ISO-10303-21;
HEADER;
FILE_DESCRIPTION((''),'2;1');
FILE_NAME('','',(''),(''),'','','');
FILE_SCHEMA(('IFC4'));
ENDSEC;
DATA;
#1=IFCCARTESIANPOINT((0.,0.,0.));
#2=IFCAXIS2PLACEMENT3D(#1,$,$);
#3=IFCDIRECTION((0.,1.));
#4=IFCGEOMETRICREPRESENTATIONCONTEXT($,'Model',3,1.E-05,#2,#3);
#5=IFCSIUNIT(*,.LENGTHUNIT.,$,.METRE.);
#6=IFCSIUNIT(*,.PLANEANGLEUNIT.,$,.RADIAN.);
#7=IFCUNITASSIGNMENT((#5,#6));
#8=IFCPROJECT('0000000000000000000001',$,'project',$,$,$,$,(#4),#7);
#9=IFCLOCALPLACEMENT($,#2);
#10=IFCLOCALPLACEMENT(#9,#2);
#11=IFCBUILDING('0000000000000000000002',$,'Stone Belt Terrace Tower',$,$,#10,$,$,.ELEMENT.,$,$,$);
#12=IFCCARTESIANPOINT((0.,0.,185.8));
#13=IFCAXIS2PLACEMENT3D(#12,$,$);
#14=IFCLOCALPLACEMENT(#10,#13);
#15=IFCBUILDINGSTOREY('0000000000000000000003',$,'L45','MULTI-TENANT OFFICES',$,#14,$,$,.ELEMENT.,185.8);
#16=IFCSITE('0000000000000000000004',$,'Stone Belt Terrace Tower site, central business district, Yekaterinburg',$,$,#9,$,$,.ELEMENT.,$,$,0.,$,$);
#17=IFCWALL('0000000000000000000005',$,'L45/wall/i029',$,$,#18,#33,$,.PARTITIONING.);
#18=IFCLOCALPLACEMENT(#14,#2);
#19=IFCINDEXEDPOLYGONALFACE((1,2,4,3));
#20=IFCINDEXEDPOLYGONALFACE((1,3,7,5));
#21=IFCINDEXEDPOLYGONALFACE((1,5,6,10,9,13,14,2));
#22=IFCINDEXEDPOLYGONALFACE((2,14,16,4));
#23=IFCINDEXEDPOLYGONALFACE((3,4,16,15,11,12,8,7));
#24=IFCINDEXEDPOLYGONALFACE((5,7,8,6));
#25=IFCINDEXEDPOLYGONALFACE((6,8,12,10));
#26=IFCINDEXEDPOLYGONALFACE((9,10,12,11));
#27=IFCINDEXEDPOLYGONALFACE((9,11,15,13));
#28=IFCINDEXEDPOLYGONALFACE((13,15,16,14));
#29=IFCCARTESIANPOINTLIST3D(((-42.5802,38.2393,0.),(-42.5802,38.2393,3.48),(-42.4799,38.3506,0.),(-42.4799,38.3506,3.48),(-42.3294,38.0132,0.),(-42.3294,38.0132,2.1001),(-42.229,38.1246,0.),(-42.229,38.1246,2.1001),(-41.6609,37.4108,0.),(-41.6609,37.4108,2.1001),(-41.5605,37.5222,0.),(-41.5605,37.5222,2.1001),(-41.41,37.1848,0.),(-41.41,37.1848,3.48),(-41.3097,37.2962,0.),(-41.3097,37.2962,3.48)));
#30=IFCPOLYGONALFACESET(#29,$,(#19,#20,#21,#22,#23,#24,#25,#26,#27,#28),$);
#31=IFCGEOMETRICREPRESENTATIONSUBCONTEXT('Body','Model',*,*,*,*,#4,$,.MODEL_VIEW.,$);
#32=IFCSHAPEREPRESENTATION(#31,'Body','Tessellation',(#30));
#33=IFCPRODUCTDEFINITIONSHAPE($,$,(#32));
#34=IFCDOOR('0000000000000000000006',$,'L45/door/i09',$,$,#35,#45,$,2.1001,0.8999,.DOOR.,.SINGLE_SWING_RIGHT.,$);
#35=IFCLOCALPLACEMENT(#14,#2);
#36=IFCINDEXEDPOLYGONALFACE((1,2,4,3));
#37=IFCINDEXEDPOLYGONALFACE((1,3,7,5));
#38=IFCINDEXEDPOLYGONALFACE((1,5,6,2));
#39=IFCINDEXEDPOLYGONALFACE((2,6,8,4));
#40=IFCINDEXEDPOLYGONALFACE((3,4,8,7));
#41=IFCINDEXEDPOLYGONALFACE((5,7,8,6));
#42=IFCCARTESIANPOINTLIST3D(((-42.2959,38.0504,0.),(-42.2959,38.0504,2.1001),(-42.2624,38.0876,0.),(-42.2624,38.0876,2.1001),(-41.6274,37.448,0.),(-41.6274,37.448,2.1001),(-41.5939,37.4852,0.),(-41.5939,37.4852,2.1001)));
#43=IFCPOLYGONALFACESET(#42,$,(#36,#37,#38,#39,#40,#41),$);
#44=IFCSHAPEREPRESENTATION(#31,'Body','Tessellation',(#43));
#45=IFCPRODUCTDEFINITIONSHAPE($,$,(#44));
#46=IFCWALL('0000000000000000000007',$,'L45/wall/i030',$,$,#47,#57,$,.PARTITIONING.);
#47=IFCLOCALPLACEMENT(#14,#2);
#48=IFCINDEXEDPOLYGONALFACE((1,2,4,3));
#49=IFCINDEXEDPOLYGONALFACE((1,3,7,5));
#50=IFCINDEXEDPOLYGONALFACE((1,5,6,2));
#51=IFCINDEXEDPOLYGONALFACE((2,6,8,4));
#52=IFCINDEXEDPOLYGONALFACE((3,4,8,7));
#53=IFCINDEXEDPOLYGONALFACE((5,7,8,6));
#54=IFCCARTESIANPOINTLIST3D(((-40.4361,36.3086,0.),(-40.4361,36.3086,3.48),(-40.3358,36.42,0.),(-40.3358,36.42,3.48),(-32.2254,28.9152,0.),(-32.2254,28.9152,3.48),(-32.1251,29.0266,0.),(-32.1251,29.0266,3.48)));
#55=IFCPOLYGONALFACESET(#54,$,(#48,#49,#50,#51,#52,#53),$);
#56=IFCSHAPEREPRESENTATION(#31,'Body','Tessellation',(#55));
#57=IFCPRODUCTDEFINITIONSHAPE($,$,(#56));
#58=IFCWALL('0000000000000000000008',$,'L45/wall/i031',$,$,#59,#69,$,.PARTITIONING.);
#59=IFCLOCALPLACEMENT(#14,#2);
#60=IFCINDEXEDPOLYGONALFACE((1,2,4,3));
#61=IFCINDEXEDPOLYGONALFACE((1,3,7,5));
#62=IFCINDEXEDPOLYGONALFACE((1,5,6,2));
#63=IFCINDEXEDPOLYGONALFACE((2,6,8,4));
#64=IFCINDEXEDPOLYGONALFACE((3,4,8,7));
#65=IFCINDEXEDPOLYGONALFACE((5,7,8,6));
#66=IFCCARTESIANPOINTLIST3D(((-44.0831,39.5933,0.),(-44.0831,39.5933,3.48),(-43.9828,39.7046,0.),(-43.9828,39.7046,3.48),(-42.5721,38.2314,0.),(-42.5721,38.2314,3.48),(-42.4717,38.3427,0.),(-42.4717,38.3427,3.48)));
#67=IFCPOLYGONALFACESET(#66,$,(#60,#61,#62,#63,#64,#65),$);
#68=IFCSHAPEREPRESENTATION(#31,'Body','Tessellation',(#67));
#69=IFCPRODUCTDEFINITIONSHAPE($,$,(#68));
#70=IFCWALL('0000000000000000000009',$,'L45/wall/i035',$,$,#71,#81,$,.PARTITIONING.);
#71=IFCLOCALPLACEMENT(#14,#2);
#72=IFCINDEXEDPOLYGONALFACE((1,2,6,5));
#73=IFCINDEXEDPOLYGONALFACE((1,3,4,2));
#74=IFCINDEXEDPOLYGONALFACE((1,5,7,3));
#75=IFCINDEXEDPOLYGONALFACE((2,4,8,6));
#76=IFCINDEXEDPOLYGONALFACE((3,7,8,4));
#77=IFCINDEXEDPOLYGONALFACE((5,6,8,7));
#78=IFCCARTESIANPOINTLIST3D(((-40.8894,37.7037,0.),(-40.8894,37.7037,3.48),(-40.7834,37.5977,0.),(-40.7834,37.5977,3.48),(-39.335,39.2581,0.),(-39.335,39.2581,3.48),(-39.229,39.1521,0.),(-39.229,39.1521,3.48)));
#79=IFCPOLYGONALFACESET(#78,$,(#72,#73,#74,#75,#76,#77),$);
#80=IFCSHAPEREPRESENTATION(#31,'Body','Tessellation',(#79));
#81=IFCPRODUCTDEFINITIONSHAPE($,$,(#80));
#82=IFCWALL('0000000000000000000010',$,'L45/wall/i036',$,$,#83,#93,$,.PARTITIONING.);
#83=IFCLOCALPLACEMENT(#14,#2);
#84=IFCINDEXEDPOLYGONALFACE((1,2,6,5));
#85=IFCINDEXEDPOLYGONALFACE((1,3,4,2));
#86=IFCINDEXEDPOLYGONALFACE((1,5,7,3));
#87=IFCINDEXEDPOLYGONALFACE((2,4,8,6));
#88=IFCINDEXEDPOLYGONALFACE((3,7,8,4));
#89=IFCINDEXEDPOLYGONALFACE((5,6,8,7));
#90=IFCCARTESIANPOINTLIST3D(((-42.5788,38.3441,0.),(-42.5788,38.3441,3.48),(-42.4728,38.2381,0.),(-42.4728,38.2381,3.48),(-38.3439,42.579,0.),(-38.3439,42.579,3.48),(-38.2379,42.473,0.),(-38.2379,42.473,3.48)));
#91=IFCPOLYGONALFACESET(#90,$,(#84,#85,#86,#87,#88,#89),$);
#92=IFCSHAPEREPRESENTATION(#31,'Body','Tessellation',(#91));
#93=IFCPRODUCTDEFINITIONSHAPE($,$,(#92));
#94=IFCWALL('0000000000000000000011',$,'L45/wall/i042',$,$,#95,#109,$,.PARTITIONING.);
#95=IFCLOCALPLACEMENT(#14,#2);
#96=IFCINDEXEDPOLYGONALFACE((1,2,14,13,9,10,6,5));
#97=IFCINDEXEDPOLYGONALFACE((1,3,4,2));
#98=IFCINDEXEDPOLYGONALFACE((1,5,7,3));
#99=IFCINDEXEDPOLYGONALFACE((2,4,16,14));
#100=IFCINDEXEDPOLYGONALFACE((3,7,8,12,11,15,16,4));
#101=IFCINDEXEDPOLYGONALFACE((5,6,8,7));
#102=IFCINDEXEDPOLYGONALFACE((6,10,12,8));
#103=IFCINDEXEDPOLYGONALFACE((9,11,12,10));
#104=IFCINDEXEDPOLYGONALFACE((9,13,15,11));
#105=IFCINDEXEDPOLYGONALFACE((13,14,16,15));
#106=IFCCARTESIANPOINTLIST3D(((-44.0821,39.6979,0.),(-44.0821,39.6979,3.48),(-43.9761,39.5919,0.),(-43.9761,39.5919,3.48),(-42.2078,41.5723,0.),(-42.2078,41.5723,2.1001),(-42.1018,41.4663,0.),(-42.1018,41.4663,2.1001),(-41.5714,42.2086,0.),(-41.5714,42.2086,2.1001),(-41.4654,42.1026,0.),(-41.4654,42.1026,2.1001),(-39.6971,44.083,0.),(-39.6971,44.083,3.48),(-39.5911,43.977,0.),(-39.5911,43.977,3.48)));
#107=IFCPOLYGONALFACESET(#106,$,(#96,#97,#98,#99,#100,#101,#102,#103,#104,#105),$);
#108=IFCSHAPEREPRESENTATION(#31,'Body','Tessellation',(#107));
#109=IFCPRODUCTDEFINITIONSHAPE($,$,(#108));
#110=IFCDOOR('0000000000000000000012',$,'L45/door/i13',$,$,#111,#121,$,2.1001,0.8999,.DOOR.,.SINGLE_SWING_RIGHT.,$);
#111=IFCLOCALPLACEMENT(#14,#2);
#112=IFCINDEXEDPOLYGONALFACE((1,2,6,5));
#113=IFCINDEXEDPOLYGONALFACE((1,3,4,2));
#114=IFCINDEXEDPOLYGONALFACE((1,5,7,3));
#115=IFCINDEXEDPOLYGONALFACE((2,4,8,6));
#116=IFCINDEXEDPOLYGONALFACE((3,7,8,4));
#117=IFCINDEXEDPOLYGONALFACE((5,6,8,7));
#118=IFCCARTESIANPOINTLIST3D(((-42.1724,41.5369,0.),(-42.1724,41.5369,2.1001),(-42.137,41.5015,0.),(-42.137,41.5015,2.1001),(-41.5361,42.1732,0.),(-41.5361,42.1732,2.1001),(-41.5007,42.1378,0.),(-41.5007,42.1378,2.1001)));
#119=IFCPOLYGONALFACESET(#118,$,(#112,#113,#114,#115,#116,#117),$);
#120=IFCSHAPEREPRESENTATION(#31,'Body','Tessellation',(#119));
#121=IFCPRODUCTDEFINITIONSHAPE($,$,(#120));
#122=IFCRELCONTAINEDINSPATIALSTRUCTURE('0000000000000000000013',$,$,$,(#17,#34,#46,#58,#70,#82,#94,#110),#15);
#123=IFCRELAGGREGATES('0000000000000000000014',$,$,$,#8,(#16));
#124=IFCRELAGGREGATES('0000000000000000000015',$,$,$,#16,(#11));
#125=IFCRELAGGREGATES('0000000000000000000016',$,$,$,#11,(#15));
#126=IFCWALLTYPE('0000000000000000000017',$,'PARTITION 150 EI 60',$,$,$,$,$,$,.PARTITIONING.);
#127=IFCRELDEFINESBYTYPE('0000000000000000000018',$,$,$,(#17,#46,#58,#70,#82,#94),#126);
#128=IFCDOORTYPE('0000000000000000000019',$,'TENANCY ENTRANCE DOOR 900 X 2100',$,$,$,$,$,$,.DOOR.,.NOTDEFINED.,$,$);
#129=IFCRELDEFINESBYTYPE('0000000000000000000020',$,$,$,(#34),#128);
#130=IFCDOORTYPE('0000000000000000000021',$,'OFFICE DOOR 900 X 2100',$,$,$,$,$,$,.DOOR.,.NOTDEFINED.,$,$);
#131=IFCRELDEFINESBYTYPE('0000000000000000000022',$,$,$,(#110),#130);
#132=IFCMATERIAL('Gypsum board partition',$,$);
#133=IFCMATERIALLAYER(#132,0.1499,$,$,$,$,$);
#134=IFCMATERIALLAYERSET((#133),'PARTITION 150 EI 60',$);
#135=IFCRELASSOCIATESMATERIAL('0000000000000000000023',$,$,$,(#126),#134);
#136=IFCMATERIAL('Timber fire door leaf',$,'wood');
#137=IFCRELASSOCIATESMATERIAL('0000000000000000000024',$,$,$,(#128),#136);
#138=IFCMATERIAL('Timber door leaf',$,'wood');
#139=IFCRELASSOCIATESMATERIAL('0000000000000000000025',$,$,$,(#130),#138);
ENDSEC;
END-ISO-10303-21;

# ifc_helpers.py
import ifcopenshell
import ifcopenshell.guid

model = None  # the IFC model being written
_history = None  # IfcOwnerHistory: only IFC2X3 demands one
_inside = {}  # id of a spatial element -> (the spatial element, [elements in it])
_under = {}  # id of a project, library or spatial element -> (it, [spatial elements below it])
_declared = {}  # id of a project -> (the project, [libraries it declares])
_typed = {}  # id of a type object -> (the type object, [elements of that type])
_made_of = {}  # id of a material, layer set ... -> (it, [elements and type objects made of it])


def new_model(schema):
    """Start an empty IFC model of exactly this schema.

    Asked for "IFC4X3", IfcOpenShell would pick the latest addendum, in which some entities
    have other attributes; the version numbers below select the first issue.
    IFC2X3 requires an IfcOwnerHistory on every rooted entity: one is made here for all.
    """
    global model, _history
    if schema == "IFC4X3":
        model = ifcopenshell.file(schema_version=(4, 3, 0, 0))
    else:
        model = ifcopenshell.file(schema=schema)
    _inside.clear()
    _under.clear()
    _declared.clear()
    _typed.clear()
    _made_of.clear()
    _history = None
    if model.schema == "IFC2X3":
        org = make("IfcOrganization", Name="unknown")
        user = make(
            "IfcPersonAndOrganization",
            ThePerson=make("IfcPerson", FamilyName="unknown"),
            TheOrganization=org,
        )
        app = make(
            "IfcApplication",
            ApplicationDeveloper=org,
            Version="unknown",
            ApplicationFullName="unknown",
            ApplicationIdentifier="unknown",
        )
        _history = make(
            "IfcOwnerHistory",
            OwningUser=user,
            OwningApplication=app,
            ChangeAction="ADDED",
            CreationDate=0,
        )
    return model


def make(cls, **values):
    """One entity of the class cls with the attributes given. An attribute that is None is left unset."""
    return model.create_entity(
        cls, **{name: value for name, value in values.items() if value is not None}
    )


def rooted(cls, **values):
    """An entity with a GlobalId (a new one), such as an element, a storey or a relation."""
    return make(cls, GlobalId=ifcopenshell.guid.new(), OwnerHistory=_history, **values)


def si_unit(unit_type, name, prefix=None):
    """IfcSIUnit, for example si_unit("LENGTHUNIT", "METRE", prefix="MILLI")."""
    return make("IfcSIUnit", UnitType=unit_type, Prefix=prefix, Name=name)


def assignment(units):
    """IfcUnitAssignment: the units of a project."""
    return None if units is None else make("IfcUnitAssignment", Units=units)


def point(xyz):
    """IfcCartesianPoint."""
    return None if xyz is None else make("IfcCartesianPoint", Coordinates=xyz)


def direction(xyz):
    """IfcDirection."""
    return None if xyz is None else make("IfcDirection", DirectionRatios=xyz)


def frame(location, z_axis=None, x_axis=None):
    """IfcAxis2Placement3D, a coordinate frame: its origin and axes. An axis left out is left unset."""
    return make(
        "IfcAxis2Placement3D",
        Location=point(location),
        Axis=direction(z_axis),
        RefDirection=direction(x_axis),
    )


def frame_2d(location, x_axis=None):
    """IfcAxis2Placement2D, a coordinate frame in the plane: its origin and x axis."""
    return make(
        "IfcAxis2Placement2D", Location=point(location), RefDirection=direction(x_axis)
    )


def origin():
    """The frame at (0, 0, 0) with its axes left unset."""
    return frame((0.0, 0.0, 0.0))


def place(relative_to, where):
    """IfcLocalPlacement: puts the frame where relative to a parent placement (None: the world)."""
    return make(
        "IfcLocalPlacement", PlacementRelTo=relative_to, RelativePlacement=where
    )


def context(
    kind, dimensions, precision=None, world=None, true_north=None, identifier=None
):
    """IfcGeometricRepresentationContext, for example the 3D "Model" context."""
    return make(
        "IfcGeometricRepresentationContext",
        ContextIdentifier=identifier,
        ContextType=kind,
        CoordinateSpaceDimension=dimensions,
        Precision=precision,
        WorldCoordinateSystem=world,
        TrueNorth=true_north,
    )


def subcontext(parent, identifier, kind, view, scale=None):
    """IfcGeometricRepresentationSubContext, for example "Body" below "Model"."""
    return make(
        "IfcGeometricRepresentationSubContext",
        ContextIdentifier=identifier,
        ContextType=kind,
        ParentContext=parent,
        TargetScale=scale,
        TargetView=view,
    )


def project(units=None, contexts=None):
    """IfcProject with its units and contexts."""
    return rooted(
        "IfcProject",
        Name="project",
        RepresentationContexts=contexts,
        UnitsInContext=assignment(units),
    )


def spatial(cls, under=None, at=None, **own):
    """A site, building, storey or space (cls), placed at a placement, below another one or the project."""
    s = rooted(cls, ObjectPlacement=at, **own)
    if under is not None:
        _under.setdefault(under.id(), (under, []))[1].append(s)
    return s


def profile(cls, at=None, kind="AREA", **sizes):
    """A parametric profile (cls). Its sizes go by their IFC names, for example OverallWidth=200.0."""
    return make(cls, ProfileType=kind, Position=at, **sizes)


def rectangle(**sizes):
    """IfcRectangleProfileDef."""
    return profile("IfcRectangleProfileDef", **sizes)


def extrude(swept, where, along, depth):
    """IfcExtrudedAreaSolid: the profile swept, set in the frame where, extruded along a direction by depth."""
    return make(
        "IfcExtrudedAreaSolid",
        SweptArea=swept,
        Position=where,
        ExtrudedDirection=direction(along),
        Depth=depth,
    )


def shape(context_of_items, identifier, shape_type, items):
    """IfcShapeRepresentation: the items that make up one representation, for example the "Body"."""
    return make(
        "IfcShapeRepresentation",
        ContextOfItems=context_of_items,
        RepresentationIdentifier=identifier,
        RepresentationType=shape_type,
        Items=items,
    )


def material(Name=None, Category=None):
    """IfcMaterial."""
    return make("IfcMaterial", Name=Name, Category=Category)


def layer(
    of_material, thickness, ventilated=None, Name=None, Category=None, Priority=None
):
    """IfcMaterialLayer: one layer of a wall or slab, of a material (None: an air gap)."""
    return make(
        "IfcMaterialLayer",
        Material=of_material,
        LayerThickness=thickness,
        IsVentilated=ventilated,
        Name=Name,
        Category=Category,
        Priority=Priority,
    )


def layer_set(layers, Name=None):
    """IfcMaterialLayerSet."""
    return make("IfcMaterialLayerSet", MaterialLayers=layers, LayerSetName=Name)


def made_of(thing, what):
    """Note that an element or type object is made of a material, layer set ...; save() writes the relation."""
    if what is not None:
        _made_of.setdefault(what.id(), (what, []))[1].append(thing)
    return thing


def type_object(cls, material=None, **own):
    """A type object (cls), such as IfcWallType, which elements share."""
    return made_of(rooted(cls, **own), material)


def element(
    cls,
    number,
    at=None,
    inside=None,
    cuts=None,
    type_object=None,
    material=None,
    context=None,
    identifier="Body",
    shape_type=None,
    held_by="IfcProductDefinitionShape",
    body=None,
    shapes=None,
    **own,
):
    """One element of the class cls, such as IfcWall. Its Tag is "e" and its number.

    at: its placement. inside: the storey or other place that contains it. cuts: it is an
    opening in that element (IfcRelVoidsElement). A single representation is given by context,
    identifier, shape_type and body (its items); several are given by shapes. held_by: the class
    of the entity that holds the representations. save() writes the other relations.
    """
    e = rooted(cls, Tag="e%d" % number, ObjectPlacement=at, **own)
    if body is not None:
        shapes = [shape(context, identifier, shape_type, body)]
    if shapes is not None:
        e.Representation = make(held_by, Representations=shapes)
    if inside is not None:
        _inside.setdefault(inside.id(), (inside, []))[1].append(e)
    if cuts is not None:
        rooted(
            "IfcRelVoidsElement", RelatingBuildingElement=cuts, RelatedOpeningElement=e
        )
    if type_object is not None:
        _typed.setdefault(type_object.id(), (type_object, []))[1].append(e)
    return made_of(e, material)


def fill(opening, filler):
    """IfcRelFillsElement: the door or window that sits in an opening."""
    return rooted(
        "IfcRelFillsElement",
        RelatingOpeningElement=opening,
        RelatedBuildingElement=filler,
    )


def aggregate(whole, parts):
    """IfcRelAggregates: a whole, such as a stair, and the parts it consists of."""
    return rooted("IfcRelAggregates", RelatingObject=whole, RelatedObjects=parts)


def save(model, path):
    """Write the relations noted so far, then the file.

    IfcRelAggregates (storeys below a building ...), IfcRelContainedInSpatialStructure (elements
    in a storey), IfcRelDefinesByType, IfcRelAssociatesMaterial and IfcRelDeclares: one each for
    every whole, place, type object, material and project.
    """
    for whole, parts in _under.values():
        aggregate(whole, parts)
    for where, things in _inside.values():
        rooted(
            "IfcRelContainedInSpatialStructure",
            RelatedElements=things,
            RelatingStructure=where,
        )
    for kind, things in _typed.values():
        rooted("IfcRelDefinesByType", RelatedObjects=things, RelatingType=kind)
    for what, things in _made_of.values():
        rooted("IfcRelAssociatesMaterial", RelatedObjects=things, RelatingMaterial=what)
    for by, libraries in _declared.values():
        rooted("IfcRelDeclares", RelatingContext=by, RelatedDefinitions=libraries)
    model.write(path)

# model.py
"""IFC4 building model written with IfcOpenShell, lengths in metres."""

from ifc_helpers import new_model, si_unit, direction, frame, frame_2d, origin, place, context, subcontext, project, spatial, rectangle, extrude, material, layer, layer_set, type_object, element, fill, save


model = new_model("IFC4")

# Units and contexts
model_context = context("Model", 3, precision=1e-05, world=origin(), true_north=direction((0.0, 1.0)))
body_context = subcontext(model_context, "Body", "Model", "MODEL_VIEW")
ifc_project = project(units=[si_unit("LENGTHUNIT", "METRE"), si_unit("PLANEANGLEUNIT", "RADIAN")], contexts=[model_context])

# Site, building, storey
site_placement = place(None, origin())
site = spatial("IfcSite", under=ifc_project, at=site_placement, Name="Stone Belt Terrace Tower site, central business district, Yekaterinburg", CompositionType="ELEMENT", RefElevation=0.0)
building_placement = place(site_placement, origin())
building = spatial("IfcBuilding", under=site, at=building_placement, Name="Stone Belt Terrace Tower", CompositionType="ELEMENT")
storey_placement = place(building_placement, frame((0.0, 0.0, 185.8)))
storey = spatial("IfcBuildingStorey", under=building, at=storey_placement, Name="L45", Description="MULTI-TENANT OFFICES", CompositionType="ELEMENT", Elevation=185.8)

# Wall, opening, door
ifc_material_1 = material(Name="Gypsum board partition")
ifc_layer_1 = layer(ifc_material_1, 0.1499)
ifc_layer_set_1 = layer_set([ifc_layer_1], Name="PARTITION 150 EI 60")
wall_type = type_object("IfcWallType", Name="PARTITION 150 EI 60", PredefinedType="PARTITIONING", material=ifc_layer_set_1)
wall_1_placement = place(storey_placement, frame((-41.3599, 37.2405, 0.0), z_axis=(0.0, 0.0, 1.0), x_axis=(-0.742886, 0.669418, 0.0)))
wall_1 = element("IfcWall", 1, at=wall_1_placement, inside=storey, type_object=wall_type, Name="L45/wall/i029", PredefinedType="PARTITIONING", context=body_context, shape_type="SweptSolid", body=[
    extrude(rectangle(XDim=1.5752, YDim=0.1499, at=frame_2d((0.7876, 0.0))), origin(), (0.0, 0.0, 1.0), 3.48),
])
opening_1_placement = place(wall_1_placement, frame((0.3376, 0.0, 0.0)))
opening_1 = element("IfcOpeningElement", 2, at=opening_1_placement, cuts=wall_1, PredefinedType="OPENING", context=body_context, shape_type="SweptSolid", body=[
    extrude(rectangle(XDim=0.8999, YDim=2.1001, at=frame_2d((0.45, 1.05))), frame((0.0, 0.085, 0.0), z_axis=(0.0, -1.0, 0.0), x_axis=(1.0, 0.0, 0.0)), (0.0, 0.0, 1.0), 0.1699),
])
ifc_material_2 = material(Name="Timber fire door leaf", Category="wood")
door_type_1 = type_object("IfcDoorType", Name="TENANCY ENTRANCE DOOR 900 X 2100", OperationType="NOTDEFINED", PredefinedType="DOOR", material=ifc_material_2)
door_1_placement = place(opening_1_placement, origin())
door_1 = element("IfcDoor", 3, at=door_1_placement, inside=storey, type_object=door_type_1, Name="L45/door/i09", OperationType="SINGLE_SWING_RIGHT", OverallHeight=2.1001, OverallWidth=0.8999, PredefinedType="DOOR", context=body_context, shape_type="SweptSolid", body=[
    extrude(rectangle(XDim=0.8999, YDim=2.1001, at=frame_2d((0.45, 1.05))), frame((0.0, 0.0249, 0.0), z_axis=(0.0, -1.0, 0.0), x_axis=(1.0, 0.0, 0.0)), (0.0, 0.0, 1.0), 0.05),
])
fill(opening_1, door_1)

# Walls
wall_2_placement = place(storey_placement, frame((-40.386, 36.3643, 0.0), z_axis=(0.0, 0.0, 1.0), x_axis=(0.743128, -0.669149, 0.0)))
element("IfcWall", 4, at=wall_2_placement, inside=storey, type_object=wall_type, Name="L45/wall/i030", PredefinedType="PARTITIONING", context=body_context, shape_type="SweptSolid", body=[
    extrude(rectangle(XDim=11.0488, YDim=0.1499, at=frame_2d((5.5244, 0.0))), origin(), (0.0, 0.0, 1.0), 3.48),
])
wall_3_placement = place(storey_placement, frame((-44.033, 39.6489, 0.0), z_axis=(0.0, 0.0, 1.0), x_axis=(0.742822, -0.669488, 0.0)))
element("IfcWall", 5, at=wall_3_placement, inside=storey, type_object=wall_type, Name="L45/wall/i031", PredefinedType="PARTITIONING", context=body_context, shape_type="SweptSolid", body=[
    extrude(rectangle(XDim=2.0342, YDim=0.1499, at=frame_2d((1.0171, 0.0))), origin(), (0.0, 0.0, 1.0), 3.48),
])
wall_4_placement = place(storey_placement, frame((-39.282, 39.2051, 0.0), z_axis=(0.0, 0.0, 1.0), x_axis=(-0.707107, -0.707107, 0.0)))
element("IfcWall", 6, at=wall_4_placement, inside=storey, type_object=wall_type, Name="L45/wall/i035", PredefinedType="PARTITIONING", context=body_context, shape_type="SweptSolid", body=[
    extrude(rectangle(XDim=2.1982, YDim=0.1499, at=frame_2d((1.0991, 0.0))), origin(), (0.0, 0.0, 1.0), 3.48),
])
wall_5_placement = place(storey_placement, frame((-42.5259, 38.291, 0.0), z_axis=(0.0, 0.0, 1.0), x_axis=(0.707107, 0.707107, 0.0)))
element("IfcWall", 7, at=wall_5_placement, inside=storey, type_object=wall_type, Name="L45/wall/i036", PredefinedType="PARTITIONING", context=body_context, shape_type="SweptSolid", body=[
    extrude(rectangle(XDim=5.989, YDim=0.1499, at=frame_2d((2.9946, 0.0))), origin(), (0.0, 0.0, 1.0), 3.48),
])

# Wall, opening, door
wall_6_placement = place(storey_placement, frame((-44.0291, 39.645, 0.0), z_axis=(0.0, 0.0, 1.0), x_axis=(0.707107, 0.707107, 0.0)))
wall_6 = element("IfcWall", 8, at=wall_6_placement, inside=storey, type_object=wall_type, Name="L45/wall/i042", PredefinedType="PARTITIONING", context=body_context, shape_type="SweptSolid", body=[
    extrude(rectangle(XDim=6.2014, YDim=0.1499, at=frame_2d((3.1006, 0.0))), origin(), (0.0, 0.0, 1.0), 3.48),
])
opening_2_placement = place(wall_6_placement, frame((2.6506, 0.0, 0.0)))
opening_2 = element("IfcOpeningElement", 9, at=opening_2_placement, cuts=wall_6, PredefinedType="OPENING", context=body_context, shape_type="SweptSolid", body=[
    extrude(rectangle(XDim=0.8999, YDim=2.1001, at=frame_2d((0.45, 1.05))), frame((0.0, 0.085, 0.0), z_axis=(0.0, -1.0, 0.0), x_axis=(1.0, 0.0, 0.0)), (0.0, 0.0, 1.0), 0.1699),
])
ifc_material_3 = material(Name="Timber door leaf", Category="wood")
door_type_2 = type_object("IfcDoorType", Name="OFFICE DOOR 900 X 2100", OperationType="NOTDEFINED", PredefinedType="DOOR", material=ifc_material_3)
door_2_placement = place(opening_2_placement, origin())
door_2 = element("IfcDoor", 10, at=door_2_placement, inside=storey, type_object=door_type_2, Name="L45/door/i13", OperationType="SINGLE_SWING_RIGHT", OverallHeight=2.1001, OverallWidth=0.8999, PredefinedType="DOOR", context=body_context, shape_type="SweptSolid", body=[
    extrude(rectangle(XDim=0.8999, YDim=2.1001, at=frame_2d((0.45, 1.05))), frame((0.0, 0.0249, 0.0), z_axis=(0.0, -1.0, 0.0), x_axis=(1.0, 0.0, 0.0)), (0.0, 0.0, 1.0), 0.05),
])
fill(opening_2, door_2)

save(model, "model.ifc")
